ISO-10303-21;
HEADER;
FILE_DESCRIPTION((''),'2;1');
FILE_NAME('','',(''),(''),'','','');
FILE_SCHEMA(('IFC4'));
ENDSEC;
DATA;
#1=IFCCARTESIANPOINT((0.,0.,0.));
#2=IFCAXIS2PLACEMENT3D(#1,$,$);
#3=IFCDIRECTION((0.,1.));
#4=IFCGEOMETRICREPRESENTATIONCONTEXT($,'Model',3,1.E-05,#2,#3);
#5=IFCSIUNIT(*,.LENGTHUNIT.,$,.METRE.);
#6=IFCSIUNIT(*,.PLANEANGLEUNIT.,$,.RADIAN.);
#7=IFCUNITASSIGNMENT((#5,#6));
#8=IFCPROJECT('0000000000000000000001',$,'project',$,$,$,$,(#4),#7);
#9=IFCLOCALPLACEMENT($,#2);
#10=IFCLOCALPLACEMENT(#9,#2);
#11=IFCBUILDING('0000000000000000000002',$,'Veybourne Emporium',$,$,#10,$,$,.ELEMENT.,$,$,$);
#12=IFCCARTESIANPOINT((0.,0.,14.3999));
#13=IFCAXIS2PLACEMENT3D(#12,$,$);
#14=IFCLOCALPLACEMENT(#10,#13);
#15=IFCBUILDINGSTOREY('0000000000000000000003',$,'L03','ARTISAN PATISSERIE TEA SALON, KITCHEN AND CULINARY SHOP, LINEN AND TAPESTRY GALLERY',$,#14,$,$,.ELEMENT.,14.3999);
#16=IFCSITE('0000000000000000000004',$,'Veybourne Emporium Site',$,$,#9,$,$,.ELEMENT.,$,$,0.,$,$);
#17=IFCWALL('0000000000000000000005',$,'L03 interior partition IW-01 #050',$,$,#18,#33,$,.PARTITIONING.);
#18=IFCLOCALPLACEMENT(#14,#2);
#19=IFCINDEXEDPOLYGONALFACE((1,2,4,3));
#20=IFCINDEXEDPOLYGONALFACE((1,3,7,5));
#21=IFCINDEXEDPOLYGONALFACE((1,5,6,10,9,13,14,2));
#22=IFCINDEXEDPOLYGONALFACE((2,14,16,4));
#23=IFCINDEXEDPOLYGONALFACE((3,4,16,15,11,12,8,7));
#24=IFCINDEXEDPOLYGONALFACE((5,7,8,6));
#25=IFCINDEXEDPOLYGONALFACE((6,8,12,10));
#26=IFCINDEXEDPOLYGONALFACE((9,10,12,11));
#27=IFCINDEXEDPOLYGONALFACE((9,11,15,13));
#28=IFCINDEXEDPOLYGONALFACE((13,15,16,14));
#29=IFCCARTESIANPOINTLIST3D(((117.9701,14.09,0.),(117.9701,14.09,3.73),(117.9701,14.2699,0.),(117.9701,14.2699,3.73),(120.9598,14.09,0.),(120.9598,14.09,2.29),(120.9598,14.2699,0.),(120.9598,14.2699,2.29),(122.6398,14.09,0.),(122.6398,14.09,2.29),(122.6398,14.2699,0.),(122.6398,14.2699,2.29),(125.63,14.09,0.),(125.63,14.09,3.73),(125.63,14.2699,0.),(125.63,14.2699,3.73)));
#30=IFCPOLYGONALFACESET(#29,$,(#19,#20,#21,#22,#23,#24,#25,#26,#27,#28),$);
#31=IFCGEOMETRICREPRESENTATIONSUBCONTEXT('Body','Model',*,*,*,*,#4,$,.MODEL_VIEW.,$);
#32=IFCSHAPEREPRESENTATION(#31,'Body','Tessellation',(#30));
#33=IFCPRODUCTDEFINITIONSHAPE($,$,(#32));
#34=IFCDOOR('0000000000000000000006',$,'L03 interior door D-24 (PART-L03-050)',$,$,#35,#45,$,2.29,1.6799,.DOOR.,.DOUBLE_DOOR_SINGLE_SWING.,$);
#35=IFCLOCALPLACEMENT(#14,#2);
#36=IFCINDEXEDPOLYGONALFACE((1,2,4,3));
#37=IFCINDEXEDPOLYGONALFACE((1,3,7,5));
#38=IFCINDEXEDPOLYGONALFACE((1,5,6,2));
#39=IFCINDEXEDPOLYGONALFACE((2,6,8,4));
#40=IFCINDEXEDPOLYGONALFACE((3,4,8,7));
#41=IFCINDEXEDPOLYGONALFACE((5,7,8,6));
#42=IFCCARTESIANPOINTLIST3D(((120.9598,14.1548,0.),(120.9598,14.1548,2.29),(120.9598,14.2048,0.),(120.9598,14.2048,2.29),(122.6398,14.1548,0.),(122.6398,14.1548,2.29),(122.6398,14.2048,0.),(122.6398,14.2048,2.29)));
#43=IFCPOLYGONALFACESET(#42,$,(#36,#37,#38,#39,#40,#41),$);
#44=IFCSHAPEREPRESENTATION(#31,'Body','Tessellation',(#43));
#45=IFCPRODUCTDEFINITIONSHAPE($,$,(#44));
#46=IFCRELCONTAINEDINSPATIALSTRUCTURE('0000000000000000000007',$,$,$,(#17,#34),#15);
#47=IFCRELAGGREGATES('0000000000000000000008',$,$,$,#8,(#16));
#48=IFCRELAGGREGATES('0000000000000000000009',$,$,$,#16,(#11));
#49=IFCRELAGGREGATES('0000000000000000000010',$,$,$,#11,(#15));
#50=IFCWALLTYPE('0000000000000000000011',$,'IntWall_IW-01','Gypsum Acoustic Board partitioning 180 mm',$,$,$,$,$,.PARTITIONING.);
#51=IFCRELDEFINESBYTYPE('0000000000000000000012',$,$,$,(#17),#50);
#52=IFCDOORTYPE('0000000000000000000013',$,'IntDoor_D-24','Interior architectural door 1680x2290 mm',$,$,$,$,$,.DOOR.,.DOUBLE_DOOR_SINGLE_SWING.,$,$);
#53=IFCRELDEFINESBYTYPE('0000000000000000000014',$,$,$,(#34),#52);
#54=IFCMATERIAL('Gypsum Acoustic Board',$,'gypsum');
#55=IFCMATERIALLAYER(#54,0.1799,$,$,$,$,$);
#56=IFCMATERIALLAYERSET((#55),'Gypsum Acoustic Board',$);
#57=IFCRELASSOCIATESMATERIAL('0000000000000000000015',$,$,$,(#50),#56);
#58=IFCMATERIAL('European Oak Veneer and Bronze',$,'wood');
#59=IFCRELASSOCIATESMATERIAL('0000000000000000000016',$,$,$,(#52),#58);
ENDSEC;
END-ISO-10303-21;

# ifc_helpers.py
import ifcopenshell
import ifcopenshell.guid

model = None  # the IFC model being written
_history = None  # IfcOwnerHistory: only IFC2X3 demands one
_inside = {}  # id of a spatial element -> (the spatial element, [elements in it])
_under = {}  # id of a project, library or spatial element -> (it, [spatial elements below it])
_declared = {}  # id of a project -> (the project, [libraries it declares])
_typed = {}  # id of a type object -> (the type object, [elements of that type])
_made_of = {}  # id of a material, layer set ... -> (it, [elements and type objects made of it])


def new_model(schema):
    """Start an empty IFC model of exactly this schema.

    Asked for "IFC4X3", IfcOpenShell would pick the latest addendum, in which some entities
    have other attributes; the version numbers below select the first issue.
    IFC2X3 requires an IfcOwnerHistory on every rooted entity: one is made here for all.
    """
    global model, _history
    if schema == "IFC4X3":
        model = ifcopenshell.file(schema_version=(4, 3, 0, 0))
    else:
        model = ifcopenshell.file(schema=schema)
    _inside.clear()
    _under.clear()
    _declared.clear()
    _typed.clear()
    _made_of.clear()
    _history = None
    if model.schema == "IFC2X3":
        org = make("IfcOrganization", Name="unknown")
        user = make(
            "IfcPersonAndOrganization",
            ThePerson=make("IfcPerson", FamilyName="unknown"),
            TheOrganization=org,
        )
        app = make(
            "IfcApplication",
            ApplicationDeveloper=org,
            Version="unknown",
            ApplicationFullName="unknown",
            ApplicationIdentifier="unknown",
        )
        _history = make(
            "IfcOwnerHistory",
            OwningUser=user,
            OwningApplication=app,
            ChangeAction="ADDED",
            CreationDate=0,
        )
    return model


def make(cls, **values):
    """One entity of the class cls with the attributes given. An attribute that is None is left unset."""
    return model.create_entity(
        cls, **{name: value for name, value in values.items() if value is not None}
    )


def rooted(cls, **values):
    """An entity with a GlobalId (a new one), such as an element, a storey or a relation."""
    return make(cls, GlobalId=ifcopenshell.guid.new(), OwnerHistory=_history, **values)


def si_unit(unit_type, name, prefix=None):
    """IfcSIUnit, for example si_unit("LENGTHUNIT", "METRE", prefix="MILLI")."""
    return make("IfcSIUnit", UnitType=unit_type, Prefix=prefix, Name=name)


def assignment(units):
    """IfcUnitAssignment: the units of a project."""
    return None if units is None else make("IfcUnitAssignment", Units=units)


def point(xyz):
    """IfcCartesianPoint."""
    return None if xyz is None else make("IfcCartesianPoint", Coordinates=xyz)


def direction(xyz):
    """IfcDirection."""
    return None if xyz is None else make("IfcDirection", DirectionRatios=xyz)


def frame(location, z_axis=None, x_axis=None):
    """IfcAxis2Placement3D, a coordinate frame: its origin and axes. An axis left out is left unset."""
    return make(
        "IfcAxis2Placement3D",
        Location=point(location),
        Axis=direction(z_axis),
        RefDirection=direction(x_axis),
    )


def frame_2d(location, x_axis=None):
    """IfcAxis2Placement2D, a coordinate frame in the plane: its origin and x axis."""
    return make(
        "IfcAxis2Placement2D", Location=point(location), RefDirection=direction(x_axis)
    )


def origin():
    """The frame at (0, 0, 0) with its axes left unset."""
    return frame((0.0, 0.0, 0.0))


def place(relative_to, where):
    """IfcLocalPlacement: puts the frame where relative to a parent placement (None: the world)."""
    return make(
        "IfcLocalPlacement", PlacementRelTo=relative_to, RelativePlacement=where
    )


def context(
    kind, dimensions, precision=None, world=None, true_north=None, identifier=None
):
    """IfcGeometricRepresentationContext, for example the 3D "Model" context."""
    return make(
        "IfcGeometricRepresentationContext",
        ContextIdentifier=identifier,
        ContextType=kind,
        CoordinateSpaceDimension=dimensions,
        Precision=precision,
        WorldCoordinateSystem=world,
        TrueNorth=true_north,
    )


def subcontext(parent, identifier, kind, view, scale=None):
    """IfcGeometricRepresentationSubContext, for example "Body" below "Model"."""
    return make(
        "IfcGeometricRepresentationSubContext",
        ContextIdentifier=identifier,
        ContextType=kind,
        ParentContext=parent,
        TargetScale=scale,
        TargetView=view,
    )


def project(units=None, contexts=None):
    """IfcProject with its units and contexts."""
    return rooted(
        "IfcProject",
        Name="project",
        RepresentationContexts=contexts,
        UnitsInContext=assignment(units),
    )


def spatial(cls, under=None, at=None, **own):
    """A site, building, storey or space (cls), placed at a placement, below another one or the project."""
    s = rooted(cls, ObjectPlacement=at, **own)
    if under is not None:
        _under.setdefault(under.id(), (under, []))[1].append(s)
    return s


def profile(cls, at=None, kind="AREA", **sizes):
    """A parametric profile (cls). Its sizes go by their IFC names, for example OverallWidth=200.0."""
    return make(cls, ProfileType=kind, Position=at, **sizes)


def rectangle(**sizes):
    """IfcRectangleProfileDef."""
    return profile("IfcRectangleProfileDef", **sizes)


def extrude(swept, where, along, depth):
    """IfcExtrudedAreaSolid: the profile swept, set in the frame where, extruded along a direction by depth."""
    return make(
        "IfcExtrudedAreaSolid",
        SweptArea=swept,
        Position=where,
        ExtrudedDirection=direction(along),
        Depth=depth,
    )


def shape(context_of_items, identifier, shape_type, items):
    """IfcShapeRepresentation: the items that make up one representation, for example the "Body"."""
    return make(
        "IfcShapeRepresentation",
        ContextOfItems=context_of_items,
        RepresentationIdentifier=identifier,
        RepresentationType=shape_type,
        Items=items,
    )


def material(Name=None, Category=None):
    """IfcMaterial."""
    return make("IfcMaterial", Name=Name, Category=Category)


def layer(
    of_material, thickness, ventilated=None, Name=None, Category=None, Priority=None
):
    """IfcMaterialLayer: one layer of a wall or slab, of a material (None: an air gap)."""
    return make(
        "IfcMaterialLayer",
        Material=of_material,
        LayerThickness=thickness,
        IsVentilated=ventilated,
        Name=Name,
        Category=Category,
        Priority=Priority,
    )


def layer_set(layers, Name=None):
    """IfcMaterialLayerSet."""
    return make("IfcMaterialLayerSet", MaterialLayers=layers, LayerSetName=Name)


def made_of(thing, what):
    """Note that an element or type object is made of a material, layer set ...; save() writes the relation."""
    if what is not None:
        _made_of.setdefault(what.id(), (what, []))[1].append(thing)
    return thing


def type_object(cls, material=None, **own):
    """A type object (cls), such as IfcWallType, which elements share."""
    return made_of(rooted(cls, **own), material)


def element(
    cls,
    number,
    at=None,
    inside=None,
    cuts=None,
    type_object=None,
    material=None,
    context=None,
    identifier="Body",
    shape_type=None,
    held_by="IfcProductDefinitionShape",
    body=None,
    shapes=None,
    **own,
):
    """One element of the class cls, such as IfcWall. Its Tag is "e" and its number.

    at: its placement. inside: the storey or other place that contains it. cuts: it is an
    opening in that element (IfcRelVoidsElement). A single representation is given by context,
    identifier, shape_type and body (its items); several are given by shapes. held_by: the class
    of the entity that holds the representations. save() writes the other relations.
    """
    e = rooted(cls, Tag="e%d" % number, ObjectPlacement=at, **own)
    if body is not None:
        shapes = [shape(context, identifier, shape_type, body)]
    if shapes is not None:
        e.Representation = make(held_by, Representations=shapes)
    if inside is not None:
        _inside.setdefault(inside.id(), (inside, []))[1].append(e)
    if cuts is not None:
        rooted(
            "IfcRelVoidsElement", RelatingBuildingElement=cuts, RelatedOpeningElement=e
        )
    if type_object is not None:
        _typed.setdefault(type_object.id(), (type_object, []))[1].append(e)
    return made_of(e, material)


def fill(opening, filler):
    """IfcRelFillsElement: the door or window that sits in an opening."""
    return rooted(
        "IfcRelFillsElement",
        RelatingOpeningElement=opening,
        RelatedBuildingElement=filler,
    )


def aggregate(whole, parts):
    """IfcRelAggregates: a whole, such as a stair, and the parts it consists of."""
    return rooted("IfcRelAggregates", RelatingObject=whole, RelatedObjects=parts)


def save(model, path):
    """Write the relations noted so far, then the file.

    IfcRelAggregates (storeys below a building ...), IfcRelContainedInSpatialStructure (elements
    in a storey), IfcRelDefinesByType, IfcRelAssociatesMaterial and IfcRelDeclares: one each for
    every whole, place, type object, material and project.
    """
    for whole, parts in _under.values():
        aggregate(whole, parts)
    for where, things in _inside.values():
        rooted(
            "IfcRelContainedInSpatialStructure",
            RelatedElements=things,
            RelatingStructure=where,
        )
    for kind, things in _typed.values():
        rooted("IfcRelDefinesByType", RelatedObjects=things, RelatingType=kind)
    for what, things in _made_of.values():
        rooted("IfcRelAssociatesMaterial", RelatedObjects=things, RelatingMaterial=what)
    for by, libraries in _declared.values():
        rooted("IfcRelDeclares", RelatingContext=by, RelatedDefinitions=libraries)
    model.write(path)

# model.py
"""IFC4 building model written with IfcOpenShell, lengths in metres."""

from ifc_helpers import new_model, si_unit, direction, frame, frame_2d, origin, place, context, subcontext, project, spatial, rectangle, extrude, material, layer, layer_set, type_object, element, fill, save


model = new_model("IFC4")

# Units and contexts
model_context = context("Model", 3, precision=1e-05, world=origin(), true_north=direction((0.0, 1.0)))
body_context = subcontext(model_context, "Body", "Model", "MODEL_VIEW")
ifc_project = project(units=[si_unit("LENGTHUNIT", "METRE"), si_unit("PLANEANGLEUNIT", "RADIAN")], contexts=[model_context])

# Site, building, storey
site_placement = place(None, origin())
site = spatial("IfcSite", under=ifc_project, at=site_placement, Name="Veybourne Emporium Site", CompositionType="ELEMENT", RefElevation=0.0)
building_placement = place(site_placement, origin())
building = spatial("IfcBuilding", under=site, at=building_placement, Name="Veybourne Emporium", CompositionType="ELEMENT")
storey_placement = place(building_placement, frame((0.0, 0.0, 14.3999)))
storey = spatial("IfcBuildingStorey", under=building, at=storey_placement, Name="L03", Description="ARTISAN PATISSERIE TEA SALON, KITCHEN AND CULINARY SHOP, LINEN AND TAPESTRY GALLERY", CompositionType="ELEMENT", Elevation=14.3999)

# Wall, opening, door
ifc_material_1 = material(Name="Gypsum Acoustic Board", Category="gypsum")
ifc_layer_1 = layer(ifc_material_1, 0.1799)
ifc_layer_set_1 = layer_set([ifc_layer_1], Name="Gypsum Acoustic Board")
wall_type = type_object("IfcWallType", Name="IntWall_IW-01", Description="Gypsum Acoustic Board partitioning 180 mm", PredefinedType="PARTITIONING", material=ifc_layer_set_1)
wall_placement = place(storey_placement, frame((117.97, 14.1799, 0.0), z_axis=(0.0, 0.0, 1.0), x_axis=(1.0, 0.0, 0.0)))
wall = element("IfcWall", 1, at=wall_placement, inside=storey, type_object=wall_type, Name="L03 interior partition IW-01 #050", PredefinedType="PARTITIONING", context=body_context, shape_type="SweptSolid", body=[
    extrude(rectangle(XDim=7.6599, YDim=0.1799, at=frame_2d((3.8301, 0.0))), origin(), (0.0, 0.0, 1.0), 3.73),
])
opening_placement = place(wall_placement, frame((2.99, 0.0, 0.0)))
opening = element("IfcOpeningElement", 2, at=opening_placement, cuts=wall, PredefinedType="OPENING", context=body_context, shape_type="SweptSolid", body=[
    extrude(rectangle(XDim=1.6799, YDim=2.29, at=frame_2d((0.8398, 1.145))), frame((0.0, 0.1099, 0.0), z_axis=(0.0, -1.0, 0.0), x_axis=(1.0, 0.0, 0.0)), (0.0, 0.0, 1.0), 0.22),
])
ifc_material_2 = material(Name="European Oak Veneer and Bronze", Category="wood")
door_type = type_object("IfcDoorType", Name="IntDoor_D-24", Description="Interior architectural door 1680x2290 mm", OperationType="DOUBLE_DOOR_SINGLE_SWING", PredefinedType="DOOR", material=ifc_material_2)
door_placement = place(opening_placement, origin())
door = element("IfcDoor", 3, at=door_placement, inside=storey, type_object=door_type, Name="L03 interior door D-24 (PART-L03-050)", OperationType="DOUBLE_DOOR_SINGLE_SWING", OverallHeight=2.29, OverallWidth=1.6799, PredefinedType="DOOR", context=body_context, shape_type="SweptSolid", body=[
    extrude(rectangle(XDim=1.6799, YDim=2.29, at=frame_2d((0.8398, 1.145))), frame((0.0, 0.0249, 0.0), z_axis=(0.0, -1.0, 0.0), x_axis=(1.0, 0.0, 0.0)), (0.0, 0.0, 1.0), 0.05),
])
fill(opening, door)

save(model, "model.ifc")
